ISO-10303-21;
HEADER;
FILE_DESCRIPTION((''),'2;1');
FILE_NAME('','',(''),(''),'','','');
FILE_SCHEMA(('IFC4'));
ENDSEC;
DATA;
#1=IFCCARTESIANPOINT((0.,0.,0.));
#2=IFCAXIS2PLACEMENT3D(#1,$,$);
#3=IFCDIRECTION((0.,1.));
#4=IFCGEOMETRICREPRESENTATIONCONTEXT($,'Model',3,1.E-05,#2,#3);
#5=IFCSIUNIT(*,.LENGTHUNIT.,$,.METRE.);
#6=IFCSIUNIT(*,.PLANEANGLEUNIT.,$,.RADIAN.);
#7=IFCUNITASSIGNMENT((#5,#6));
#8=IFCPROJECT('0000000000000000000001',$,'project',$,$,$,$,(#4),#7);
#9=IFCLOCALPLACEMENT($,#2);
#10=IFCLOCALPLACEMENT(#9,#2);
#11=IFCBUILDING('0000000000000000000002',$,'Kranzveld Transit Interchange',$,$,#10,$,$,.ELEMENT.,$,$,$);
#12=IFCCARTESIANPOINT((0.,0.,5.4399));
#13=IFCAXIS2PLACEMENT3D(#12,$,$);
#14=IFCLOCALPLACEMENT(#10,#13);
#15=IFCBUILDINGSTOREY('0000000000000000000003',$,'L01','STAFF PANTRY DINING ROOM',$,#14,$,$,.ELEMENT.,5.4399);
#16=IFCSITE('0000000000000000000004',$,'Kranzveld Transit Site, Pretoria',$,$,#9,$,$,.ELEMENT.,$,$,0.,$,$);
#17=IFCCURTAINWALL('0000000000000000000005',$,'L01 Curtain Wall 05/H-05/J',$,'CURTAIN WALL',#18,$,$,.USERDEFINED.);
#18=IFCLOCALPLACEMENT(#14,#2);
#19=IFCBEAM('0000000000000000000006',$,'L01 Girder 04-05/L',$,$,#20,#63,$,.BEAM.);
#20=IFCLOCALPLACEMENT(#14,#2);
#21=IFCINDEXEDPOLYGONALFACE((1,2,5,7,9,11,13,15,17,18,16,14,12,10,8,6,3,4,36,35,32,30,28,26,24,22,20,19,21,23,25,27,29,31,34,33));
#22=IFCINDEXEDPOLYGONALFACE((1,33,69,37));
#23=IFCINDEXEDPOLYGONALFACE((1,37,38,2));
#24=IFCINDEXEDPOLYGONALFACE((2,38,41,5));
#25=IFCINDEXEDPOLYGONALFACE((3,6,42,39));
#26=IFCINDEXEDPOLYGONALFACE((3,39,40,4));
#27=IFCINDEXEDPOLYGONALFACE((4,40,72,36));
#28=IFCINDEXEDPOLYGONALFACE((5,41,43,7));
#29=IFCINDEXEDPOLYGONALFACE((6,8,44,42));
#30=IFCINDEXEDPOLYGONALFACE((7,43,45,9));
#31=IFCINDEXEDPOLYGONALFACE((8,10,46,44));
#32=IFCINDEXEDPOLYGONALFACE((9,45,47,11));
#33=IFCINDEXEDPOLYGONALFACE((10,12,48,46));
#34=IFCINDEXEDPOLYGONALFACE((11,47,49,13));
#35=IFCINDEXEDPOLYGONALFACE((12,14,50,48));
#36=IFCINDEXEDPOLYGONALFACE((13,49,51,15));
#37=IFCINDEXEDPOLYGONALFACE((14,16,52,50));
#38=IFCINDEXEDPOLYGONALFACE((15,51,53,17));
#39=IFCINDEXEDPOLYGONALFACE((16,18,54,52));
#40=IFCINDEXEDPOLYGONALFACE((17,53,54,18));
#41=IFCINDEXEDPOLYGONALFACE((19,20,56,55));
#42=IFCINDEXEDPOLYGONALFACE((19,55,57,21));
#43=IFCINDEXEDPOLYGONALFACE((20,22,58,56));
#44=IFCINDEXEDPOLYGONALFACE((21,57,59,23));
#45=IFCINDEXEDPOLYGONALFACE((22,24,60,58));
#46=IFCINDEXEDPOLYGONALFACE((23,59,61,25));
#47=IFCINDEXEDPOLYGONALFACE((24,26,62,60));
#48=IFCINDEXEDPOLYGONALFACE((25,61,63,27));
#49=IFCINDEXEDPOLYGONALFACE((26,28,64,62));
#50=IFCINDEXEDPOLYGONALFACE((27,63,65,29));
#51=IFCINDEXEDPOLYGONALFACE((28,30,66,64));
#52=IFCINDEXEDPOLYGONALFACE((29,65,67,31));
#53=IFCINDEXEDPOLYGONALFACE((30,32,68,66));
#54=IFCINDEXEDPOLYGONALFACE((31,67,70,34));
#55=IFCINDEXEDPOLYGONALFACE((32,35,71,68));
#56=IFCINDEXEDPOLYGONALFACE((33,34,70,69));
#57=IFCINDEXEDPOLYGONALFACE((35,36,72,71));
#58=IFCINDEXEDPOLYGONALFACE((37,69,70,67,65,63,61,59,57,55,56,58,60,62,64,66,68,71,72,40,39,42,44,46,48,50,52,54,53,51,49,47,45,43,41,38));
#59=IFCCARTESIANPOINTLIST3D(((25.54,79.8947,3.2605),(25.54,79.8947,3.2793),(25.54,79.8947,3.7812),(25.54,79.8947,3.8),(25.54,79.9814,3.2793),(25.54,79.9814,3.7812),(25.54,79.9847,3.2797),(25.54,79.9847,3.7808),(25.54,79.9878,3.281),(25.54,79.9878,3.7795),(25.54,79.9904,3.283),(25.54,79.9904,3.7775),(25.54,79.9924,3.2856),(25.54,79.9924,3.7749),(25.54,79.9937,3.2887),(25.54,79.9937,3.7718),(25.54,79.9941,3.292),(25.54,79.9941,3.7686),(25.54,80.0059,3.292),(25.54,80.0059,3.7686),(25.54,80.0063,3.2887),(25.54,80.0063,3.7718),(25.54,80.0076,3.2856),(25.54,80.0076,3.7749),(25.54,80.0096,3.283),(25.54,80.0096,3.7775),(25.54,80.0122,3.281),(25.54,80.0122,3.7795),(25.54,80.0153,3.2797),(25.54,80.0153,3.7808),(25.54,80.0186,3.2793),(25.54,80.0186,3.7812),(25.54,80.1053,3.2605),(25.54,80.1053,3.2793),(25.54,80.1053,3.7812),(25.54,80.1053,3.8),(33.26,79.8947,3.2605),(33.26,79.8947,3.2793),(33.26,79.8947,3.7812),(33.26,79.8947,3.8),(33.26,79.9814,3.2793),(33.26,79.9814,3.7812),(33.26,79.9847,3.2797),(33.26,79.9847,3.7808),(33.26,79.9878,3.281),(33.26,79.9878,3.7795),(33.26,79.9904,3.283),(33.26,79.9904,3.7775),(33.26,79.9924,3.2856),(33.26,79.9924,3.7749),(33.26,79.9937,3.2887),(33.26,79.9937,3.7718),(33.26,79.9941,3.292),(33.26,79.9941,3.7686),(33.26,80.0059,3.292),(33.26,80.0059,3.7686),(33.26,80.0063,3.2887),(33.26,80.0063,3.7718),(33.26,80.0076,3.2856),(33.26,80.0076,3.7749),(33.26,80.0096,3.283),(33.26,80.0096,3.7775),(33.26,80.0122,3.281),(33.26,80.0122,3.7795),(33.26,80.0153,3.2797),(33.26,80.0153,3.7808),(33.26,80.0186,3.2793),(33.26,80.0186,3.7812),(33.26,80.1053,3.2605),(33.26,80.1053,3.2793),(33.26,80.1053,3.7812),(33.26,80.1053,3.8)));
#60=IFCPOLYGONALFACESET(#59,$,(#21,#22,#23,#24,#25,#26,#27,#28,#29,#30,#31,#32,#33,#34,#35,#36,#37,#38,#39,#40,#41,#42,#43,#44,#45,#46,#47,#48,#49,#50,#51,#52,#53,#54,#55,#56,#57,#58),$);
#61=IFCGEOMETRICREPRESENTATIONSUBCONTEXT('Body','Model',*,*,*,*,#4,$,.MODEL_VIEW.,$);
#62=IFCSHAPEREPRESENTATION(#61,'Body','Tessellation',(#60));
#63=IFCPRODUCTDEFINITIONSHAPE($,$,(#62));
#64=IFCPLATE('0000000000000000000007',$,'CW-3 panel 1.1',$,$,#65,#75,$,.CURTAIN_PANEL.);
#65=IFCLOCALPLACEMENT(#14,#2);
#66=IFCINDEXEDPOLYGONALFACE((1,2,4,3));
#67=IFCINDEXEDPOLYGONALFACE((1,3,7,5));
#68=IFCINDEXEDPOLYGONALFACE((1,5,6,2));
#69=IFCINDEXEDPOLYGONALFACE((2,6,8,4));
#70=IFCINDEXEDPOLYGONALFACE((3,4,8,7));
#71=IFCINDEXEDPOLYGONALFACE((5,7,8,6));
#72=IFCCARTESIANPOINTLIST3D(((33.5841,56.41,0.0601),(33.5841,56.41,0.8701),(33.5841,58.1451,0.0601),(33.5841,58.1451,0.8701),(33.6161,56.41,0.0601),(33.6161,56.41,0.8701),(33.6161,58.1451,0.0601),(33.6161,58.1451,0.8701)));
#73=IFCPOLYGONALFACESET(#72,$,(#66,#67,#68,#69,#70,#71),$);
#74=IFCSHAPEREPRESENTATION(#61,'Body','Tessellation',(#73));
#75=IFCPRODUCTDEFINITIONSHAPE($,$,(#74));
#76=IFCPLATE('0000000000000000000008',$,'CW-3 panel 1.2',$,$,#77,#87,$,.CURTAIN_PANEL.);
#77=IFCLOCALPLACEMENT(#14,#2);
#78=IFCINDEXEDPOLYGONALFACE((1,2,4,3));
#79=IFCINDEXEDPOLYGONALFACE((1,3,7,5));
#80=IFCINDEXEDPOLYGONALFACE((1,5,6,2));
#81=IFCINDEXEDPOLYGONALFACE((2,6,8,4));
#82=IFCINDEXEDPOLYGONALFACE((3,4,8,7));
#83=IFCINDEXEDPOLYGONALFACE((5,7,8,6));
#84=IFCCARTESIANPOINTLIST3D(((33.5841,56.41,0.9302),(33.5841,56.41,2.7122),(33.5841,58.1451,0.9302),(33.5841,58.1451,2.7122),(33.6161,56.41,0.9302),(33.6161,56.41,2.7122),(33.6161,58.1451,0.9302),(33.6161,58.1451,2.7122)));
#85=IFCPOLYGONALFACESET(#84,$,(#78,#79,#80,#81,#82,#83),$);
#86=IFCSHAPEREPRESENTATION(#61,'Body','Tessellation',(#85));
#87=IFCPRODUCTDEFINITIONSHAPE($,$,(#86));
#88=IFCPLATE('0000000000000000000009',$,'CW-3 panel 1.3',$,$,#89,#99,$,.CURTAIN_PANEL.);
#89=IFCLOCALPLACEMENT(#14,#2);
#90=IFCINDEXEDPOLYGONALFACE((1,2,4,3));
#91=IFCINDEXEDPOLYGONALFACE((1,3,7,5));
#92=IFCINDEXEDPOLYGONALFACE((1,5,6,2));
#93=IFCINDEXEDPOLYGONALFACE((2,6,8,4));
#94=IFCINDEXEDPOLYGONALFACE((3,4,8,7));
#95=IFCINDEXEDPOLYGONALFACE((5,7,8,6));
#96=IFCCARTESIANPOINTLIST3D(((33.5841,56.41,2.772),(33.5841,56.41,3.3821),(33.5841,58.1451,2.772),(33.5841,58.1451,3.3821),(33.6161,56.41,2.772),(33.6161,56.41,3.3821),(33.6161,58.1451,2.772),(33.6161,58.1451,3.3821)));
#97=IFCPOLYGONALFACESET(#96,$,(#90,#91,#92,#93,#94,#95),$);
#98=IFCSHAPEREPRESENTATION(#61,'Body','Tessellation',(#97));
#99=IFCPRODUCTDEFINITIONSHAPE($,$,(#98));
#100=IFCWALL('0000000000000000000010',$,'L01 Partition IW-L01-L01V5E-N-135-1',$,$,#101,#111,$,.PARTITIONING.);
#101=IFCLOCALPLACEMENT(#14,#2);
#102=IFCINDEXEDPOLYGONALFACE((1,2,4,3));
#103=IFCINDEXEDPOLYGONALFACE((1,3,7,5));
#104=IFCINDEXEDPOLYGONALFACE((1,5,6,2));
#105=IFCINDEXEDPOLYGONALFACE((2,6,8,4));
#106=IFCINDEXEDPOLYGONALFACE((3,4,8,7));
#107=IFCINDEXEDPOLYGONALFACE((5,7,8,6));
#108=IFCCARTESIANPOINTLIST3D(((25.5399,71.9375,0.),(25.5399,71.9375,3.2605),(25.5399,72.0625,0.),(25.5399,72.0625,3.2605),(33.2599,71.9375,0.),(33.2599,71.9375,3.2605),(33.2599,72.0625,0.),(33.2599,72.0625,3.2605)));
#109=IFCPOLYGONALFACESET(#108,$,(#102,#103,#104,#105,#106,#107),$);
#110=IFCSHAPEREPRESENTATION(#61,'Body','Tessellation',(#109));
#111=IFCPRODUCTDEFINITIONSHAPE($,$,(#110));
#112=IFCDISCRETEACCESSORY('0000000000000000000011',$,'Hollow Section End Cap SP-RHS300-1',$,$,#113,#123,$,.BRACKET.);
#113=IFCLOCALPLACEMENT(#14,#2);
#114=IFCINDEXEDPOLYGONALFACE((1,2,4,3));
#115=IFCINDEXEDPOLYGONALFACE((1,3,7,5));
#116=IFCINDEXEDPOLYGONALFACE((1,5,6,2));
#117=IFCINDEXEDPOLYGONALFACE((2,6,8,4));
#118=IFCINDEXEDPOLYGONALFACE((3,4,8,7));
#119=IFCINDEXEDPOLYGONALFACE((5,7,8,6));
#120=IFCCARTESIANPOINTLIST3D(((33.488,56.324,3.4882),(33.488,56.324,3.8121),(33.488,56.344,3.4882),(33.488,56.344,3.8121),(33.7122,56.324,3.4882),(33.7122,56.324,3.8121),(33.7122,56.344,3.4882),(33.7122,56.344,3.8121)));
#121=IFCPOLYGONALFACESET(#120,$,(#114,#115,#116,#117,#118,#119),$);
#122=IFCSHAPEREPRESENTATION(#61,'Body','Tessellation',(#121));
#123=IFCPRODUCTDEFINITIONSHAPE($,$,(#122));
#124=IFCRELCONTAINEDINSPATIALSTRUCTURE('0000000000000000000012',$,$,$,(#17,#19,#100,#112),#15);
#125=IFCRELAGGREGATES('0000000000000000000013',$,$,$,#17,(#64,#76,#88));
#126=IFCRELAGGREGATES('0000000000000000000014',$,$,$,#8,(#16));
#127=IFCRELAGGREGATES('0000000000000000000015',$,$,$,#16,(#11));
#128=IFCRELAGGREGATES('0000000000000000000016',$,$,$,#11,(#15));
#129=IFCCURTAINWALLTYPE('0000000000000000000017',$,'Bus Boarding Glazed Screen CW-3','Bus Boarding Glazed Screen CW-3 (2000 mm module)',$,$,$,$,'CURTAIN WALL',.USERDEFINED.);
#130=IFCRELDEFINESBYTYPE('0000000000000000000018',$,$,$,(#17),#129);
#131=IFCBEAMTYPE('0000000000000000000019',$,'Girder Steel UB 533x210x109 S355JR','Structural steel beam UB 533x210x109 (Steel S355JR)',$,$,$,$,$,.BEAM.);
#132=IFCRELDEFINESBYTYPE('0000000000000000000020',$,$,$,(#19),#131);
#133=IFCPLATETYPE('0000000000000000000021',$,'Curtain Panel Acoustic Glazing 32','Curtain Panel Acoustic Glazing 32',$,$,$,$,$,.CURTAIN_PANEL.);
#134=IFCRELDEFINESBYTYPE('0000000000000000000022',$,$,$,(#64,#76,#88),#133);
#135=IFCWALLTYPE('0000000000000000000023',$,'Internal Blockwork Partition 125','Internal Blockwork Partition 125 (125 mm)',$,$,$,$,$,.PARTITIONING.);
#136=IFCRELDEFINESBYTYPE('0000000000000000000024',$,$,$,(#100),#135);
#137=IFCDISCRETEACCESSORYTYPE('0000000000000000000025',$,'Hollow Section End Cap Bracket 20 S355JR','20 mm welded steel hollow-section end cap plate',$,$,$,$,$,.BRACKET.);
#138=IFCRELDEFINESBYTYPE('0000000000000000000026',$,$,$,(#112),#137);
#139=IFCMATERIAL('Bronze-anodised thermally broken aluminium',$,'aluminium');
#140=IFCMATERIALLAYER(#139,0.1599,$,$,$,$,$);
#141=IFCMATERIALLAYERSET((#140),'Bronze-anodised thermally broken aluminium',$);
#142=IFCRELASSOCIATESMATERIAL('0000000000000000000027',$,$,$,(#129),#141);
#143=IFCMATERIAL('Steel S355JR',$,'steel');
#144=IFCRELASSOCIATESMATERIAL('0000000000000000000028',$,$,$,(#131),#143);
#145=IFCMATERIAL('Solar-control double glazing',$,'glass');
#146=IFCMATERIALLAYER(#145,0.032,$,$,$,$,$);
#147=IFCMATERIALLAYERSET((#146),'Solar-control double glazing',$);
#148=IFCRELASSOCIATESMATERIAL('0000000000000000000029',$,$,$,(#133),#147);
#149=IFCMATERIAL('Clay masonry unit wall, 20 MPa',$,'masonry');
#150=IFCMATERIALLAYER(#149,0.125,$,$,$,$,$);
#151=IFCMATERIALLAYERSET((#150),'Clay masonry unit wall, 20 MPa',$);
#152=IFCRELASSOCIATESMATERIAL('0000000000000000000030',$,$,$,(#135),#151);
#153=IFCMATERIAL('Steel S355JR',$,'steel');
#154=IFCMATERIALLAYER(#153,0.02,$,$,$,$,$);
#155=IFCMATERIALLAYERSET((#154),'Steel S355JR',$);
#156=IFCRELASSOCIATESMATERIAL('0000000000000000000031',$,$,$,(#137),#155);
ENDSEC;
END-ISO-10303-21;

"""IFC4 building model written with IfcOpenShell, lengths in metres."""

from ifc_helpers import new_model, si_unit, direction, frame, frame_2d, origin, origin_2d, place, context, subcontext, project, spatial, rectangle, i_section, extrude, material, layer, layer_set, material_profile, profile_set, type_object, element, aggregate, save


model = new_model("IFC4")

# Units and contexts
model_context = context("Model", 3, precision=1e-05, world=origin(), true_north=direction((0.0, 1.0)))
body_context = subcontext(model_context, "Body", "Model", "MODEL_VIEW")
ifc_project = project(units=[si_unit("LENGTHUNIT", "METRE"), si_unit("PLANEANGLEUNIT", "RADIAN")], contexts=[model_context])

# Site, building, storey
site_placement = place(None, origin())
site = spatial("IfcSite", under=ifc_project, at=site_placement, Name="Kranzveld Transit Site, Pretoria", CompositionType="ELEMENT", RefElevation=0.0)
building_placement = place(site_placement, origin())
building = spatial("IfcBuilding", under=site, at=building_placement, Name="Kranzveld Transit Interchange", CompositionType="ELEMENT")
storey_placement = place(building_placement, frame((0.0, 0.0, 5.4399)))
storey = spatial("IfcBuildingStorey", under=building, at=storey_placement, Name="L01", Description="STAFF PANTRY DINING ROOM", CompositionType="ELEMENT", Elevation=5.4399)

# Curtain wall
ifc_material_1 = material(Name="Bronze-anodised thermally broken aluminium", Category="aluminium")
ifc_layer_1 = layer(ifc_material_1, 0.1599)
ifc_layer_set_1 = layer_set([ifc_layer_1], Name="Bronze-anodised thermally broken aluminium")
curtain_wall_type = type_object("IfcCurtainWallType", Name="Bus Boarding Glazed Screen CW-3", Description="Bus Boarding Glazed Screen CW-3 (2000 mm module)", ElementType="CURTAIN WALL", PredefinedType="USERDEFINED", material=ifc_layer_set_1)
curtain_wall_placement = place(storey_placement, origin())
curtain_wall = element("IfcCurtainWall", 1, at=curtain_wall_placement, inside=storey, type_object=curtain_wall_type, Name="L01 Curtain Wall 05/H-05/J", ObjectType="CURTAIN WALL", PredefinedType="USERDEFINED")

# Beam
ifc_material_2 = material(Name="Steel S355JR", Category="steel")
ifc_material_profile_1 = material_profile(ifc_material_2, i_section(OverallWidth=0.2107, OverallDepth=0.5396, WebThickness=0.0117, FlangeThickness=0.0188, FilletRadius=0.0127, at=origin_2d()), Name="UB 533x210x109")
ifc_profile_set_1 = profile_set([ifc_material_profile_1], Name="Steel S355JR")
beam_type_1 = type_object("IfcBeamType", Name="Girder Steel UB 533x210x109 S355JR", Description="Structural steel beam UB 533x210x109 (Steel S355JR)", PredefinedType="BEAM", material=ifc_profile_set_1)
for number, where, z_axis, x_axis, name in (
    (2, (25.54, 80.0, 3.5303), (1.0, 0.0, 0.0), (0.0, 1.0, 0.0), "L01 Girder 04-05/L"),
):
    element("IfcBeam", number, at=place(storey_placement, frame(where, z_axis=z_axis, x_axis=x_axis)), inside=storey, type_object=beam_type_1, Name=name, PredefinedType="BEAM", context=body_context, shape_type="SweptSolid", body=[
        extrude(i_section(OverallWidth=0.2107, OverallDepth=0.5396, WebThickness=0.0117, FlangeThickness=0.0188, FilletRadius=0.0127, at=origin_2d()), origin(), (0.0, 0.0, 1.0), 7.72),
    ])

# Plates
ifc_material_3 = material(Name="Solar-control double glazing", Category="glass")
ifc_layer_2 = layer(ifc_material_3, 0.032)
ifc_layer_set_2 = layer_set([ifc_layer_2], Name="Solar-control double glazing")
plate_type = type_object("IfcPlateType", Name="Curtain Panel Acoustic Glazing 32", Description="Curtain Panel Acoustic Glazing 32", PredefinedType="CURTAIN_PANEL", material=ifc_layer_set_2)
plate_1_placement = place(storey_placement, frame((33.6001, 57.2776, 0.0601), z_axis=(0.0, 0.0, 1.0), x_axis=(0.0, 1.0, 0.0)))
plate_1 = element("IfcPlate", 3, at=plate_1_placement, type_object=plate_type, Name="CW-3 panel 1.1", PredefinedType="CURTAIN_PANEL", context=body_context, shape_type="SweptSolid", body=[
    extrude(rectangle(XDim=1.7351, YDim=0.032, at=origin_2d()), origin(), (0.0, 0.0, 1.0), 0.8101),
])
plate_2_placement = place(storey_placement, frame((33.6001, 57.2776, 0.9302), z_axis=(0.0, 0.0, 1.0), x_axis=(0.0, 1.0, 0.0)))
plate_2 = element("IfcPlate", 4, at=plate_2_placement, type_object=plate_type, Name="CW-3 panel 1.2", PredefinedType="CURTAIN_PANEL", context=body_context, shape_type="SweptSolid", body=[
    extrude(rectangle(XDim=1.7351, YDim=0.032, at=origin_2d()), origin(), (0.0, 0.0, 1.0), 1.782),
])
plate_3_placement = place(storey_placement, frame((33.6001, 57.2776, 2.772), z_axis=(0.0, 0.0, 1.0), x_axis=(0.0, 1.0, 0.0)))
plate_3 = element("IfcPlate", 5, at=plate_3_placement, type_object=plate_type, Name="CW-3 panel 1.3", PredefinedType="CURTAIN_PANEL", context=body_context, shape_type="SweptSolid", body=[
    extrude(rectangle(XDim=1.7351, YDim=0.032, at=origin_2d()), origin(), (0.0, 0.0, 1.0), 0.6101),
])
aggregate(curtain_wall, [plate_1, plate_2, plate_3])

# Wall
ifc_material_4 = material(Name="Clay masonry unit wall, 20 MPa", Category="masonry")
ifc_layer_3 = layer(ifc_material_4, 0.125)
ifc_layer_set_3 = layer_set([ifc_layer_3], Name="Clay masonry unit wall, 20 MPa")
wall_type = type_object("IfcWallType", Name="Internal Blockwork Partition 125", Description="Internal Blockwork Partition 125 (125 mm)", PredefinedType="PARTITIONING", material=ifc_layer_set_3)
wall_placement = place(storey_placement, frame((25.54, 72.0, 0.0), z_axis=(0.0, 0.0, 1.0), x_axis=(1.0, 0.0, 0.0)))
element("IfcWall", 6, at=wall_placement, inside=storey, type_object=wall_type, Name="L01 Partition IW-L01-L01V5E-N-135-1", PredefinedType="PARTITIONING", context=body_context, shape_type="SweptSolid", body=[
    extrude(rectangle(XDim=7.72, YDim=0.125, at=frame_2d((3.8599, 0.0))), origin(), (0.0, 0.0, 1.0), 3.2605),
])

# Discrete accessory
ifc_material_5 = material(Name="Steel S355JR", Category="steel")
ifc_layer_4 = layer(ifc_material_5, 0.02)
ifc_layer_set_4 = layer_set([ifc_layer_4], Name="Steel S355JR")
discrete_accessory_type = type_object("IfcDiscreteAccessoryType", Name="Hollow Section End Cap Bracket 20 S355JR", Description="20 mm welded steel hollow-section end cap plate", PredefinedType="BRACKET", material=ifc_layer_set_4)
discrete_accessory_placement = place(storey_placement, frame((33.6001, 56.344, 3.6501), z_axis=(0.0, -1.0, 0.0), x_axis=(1.0, 0.0, 0.0)))
element("IfcDiscreteAccessory", 7, at=discrete_accessory_placement, inside=storey, type_object=discrete_accessory_type, Name="Hollow Section End Cap SP-RHS300-1", PredefinedType="BRACKET", context=body_context, shape_type="SweptSolid", body=[
    extrude(rectangle(XDim=0.2241, YDim=0.324, at=origin_2d()), origin(), (0.0, 0.0, 1.0), 0.02),
])

save(model, "model.ifc")
